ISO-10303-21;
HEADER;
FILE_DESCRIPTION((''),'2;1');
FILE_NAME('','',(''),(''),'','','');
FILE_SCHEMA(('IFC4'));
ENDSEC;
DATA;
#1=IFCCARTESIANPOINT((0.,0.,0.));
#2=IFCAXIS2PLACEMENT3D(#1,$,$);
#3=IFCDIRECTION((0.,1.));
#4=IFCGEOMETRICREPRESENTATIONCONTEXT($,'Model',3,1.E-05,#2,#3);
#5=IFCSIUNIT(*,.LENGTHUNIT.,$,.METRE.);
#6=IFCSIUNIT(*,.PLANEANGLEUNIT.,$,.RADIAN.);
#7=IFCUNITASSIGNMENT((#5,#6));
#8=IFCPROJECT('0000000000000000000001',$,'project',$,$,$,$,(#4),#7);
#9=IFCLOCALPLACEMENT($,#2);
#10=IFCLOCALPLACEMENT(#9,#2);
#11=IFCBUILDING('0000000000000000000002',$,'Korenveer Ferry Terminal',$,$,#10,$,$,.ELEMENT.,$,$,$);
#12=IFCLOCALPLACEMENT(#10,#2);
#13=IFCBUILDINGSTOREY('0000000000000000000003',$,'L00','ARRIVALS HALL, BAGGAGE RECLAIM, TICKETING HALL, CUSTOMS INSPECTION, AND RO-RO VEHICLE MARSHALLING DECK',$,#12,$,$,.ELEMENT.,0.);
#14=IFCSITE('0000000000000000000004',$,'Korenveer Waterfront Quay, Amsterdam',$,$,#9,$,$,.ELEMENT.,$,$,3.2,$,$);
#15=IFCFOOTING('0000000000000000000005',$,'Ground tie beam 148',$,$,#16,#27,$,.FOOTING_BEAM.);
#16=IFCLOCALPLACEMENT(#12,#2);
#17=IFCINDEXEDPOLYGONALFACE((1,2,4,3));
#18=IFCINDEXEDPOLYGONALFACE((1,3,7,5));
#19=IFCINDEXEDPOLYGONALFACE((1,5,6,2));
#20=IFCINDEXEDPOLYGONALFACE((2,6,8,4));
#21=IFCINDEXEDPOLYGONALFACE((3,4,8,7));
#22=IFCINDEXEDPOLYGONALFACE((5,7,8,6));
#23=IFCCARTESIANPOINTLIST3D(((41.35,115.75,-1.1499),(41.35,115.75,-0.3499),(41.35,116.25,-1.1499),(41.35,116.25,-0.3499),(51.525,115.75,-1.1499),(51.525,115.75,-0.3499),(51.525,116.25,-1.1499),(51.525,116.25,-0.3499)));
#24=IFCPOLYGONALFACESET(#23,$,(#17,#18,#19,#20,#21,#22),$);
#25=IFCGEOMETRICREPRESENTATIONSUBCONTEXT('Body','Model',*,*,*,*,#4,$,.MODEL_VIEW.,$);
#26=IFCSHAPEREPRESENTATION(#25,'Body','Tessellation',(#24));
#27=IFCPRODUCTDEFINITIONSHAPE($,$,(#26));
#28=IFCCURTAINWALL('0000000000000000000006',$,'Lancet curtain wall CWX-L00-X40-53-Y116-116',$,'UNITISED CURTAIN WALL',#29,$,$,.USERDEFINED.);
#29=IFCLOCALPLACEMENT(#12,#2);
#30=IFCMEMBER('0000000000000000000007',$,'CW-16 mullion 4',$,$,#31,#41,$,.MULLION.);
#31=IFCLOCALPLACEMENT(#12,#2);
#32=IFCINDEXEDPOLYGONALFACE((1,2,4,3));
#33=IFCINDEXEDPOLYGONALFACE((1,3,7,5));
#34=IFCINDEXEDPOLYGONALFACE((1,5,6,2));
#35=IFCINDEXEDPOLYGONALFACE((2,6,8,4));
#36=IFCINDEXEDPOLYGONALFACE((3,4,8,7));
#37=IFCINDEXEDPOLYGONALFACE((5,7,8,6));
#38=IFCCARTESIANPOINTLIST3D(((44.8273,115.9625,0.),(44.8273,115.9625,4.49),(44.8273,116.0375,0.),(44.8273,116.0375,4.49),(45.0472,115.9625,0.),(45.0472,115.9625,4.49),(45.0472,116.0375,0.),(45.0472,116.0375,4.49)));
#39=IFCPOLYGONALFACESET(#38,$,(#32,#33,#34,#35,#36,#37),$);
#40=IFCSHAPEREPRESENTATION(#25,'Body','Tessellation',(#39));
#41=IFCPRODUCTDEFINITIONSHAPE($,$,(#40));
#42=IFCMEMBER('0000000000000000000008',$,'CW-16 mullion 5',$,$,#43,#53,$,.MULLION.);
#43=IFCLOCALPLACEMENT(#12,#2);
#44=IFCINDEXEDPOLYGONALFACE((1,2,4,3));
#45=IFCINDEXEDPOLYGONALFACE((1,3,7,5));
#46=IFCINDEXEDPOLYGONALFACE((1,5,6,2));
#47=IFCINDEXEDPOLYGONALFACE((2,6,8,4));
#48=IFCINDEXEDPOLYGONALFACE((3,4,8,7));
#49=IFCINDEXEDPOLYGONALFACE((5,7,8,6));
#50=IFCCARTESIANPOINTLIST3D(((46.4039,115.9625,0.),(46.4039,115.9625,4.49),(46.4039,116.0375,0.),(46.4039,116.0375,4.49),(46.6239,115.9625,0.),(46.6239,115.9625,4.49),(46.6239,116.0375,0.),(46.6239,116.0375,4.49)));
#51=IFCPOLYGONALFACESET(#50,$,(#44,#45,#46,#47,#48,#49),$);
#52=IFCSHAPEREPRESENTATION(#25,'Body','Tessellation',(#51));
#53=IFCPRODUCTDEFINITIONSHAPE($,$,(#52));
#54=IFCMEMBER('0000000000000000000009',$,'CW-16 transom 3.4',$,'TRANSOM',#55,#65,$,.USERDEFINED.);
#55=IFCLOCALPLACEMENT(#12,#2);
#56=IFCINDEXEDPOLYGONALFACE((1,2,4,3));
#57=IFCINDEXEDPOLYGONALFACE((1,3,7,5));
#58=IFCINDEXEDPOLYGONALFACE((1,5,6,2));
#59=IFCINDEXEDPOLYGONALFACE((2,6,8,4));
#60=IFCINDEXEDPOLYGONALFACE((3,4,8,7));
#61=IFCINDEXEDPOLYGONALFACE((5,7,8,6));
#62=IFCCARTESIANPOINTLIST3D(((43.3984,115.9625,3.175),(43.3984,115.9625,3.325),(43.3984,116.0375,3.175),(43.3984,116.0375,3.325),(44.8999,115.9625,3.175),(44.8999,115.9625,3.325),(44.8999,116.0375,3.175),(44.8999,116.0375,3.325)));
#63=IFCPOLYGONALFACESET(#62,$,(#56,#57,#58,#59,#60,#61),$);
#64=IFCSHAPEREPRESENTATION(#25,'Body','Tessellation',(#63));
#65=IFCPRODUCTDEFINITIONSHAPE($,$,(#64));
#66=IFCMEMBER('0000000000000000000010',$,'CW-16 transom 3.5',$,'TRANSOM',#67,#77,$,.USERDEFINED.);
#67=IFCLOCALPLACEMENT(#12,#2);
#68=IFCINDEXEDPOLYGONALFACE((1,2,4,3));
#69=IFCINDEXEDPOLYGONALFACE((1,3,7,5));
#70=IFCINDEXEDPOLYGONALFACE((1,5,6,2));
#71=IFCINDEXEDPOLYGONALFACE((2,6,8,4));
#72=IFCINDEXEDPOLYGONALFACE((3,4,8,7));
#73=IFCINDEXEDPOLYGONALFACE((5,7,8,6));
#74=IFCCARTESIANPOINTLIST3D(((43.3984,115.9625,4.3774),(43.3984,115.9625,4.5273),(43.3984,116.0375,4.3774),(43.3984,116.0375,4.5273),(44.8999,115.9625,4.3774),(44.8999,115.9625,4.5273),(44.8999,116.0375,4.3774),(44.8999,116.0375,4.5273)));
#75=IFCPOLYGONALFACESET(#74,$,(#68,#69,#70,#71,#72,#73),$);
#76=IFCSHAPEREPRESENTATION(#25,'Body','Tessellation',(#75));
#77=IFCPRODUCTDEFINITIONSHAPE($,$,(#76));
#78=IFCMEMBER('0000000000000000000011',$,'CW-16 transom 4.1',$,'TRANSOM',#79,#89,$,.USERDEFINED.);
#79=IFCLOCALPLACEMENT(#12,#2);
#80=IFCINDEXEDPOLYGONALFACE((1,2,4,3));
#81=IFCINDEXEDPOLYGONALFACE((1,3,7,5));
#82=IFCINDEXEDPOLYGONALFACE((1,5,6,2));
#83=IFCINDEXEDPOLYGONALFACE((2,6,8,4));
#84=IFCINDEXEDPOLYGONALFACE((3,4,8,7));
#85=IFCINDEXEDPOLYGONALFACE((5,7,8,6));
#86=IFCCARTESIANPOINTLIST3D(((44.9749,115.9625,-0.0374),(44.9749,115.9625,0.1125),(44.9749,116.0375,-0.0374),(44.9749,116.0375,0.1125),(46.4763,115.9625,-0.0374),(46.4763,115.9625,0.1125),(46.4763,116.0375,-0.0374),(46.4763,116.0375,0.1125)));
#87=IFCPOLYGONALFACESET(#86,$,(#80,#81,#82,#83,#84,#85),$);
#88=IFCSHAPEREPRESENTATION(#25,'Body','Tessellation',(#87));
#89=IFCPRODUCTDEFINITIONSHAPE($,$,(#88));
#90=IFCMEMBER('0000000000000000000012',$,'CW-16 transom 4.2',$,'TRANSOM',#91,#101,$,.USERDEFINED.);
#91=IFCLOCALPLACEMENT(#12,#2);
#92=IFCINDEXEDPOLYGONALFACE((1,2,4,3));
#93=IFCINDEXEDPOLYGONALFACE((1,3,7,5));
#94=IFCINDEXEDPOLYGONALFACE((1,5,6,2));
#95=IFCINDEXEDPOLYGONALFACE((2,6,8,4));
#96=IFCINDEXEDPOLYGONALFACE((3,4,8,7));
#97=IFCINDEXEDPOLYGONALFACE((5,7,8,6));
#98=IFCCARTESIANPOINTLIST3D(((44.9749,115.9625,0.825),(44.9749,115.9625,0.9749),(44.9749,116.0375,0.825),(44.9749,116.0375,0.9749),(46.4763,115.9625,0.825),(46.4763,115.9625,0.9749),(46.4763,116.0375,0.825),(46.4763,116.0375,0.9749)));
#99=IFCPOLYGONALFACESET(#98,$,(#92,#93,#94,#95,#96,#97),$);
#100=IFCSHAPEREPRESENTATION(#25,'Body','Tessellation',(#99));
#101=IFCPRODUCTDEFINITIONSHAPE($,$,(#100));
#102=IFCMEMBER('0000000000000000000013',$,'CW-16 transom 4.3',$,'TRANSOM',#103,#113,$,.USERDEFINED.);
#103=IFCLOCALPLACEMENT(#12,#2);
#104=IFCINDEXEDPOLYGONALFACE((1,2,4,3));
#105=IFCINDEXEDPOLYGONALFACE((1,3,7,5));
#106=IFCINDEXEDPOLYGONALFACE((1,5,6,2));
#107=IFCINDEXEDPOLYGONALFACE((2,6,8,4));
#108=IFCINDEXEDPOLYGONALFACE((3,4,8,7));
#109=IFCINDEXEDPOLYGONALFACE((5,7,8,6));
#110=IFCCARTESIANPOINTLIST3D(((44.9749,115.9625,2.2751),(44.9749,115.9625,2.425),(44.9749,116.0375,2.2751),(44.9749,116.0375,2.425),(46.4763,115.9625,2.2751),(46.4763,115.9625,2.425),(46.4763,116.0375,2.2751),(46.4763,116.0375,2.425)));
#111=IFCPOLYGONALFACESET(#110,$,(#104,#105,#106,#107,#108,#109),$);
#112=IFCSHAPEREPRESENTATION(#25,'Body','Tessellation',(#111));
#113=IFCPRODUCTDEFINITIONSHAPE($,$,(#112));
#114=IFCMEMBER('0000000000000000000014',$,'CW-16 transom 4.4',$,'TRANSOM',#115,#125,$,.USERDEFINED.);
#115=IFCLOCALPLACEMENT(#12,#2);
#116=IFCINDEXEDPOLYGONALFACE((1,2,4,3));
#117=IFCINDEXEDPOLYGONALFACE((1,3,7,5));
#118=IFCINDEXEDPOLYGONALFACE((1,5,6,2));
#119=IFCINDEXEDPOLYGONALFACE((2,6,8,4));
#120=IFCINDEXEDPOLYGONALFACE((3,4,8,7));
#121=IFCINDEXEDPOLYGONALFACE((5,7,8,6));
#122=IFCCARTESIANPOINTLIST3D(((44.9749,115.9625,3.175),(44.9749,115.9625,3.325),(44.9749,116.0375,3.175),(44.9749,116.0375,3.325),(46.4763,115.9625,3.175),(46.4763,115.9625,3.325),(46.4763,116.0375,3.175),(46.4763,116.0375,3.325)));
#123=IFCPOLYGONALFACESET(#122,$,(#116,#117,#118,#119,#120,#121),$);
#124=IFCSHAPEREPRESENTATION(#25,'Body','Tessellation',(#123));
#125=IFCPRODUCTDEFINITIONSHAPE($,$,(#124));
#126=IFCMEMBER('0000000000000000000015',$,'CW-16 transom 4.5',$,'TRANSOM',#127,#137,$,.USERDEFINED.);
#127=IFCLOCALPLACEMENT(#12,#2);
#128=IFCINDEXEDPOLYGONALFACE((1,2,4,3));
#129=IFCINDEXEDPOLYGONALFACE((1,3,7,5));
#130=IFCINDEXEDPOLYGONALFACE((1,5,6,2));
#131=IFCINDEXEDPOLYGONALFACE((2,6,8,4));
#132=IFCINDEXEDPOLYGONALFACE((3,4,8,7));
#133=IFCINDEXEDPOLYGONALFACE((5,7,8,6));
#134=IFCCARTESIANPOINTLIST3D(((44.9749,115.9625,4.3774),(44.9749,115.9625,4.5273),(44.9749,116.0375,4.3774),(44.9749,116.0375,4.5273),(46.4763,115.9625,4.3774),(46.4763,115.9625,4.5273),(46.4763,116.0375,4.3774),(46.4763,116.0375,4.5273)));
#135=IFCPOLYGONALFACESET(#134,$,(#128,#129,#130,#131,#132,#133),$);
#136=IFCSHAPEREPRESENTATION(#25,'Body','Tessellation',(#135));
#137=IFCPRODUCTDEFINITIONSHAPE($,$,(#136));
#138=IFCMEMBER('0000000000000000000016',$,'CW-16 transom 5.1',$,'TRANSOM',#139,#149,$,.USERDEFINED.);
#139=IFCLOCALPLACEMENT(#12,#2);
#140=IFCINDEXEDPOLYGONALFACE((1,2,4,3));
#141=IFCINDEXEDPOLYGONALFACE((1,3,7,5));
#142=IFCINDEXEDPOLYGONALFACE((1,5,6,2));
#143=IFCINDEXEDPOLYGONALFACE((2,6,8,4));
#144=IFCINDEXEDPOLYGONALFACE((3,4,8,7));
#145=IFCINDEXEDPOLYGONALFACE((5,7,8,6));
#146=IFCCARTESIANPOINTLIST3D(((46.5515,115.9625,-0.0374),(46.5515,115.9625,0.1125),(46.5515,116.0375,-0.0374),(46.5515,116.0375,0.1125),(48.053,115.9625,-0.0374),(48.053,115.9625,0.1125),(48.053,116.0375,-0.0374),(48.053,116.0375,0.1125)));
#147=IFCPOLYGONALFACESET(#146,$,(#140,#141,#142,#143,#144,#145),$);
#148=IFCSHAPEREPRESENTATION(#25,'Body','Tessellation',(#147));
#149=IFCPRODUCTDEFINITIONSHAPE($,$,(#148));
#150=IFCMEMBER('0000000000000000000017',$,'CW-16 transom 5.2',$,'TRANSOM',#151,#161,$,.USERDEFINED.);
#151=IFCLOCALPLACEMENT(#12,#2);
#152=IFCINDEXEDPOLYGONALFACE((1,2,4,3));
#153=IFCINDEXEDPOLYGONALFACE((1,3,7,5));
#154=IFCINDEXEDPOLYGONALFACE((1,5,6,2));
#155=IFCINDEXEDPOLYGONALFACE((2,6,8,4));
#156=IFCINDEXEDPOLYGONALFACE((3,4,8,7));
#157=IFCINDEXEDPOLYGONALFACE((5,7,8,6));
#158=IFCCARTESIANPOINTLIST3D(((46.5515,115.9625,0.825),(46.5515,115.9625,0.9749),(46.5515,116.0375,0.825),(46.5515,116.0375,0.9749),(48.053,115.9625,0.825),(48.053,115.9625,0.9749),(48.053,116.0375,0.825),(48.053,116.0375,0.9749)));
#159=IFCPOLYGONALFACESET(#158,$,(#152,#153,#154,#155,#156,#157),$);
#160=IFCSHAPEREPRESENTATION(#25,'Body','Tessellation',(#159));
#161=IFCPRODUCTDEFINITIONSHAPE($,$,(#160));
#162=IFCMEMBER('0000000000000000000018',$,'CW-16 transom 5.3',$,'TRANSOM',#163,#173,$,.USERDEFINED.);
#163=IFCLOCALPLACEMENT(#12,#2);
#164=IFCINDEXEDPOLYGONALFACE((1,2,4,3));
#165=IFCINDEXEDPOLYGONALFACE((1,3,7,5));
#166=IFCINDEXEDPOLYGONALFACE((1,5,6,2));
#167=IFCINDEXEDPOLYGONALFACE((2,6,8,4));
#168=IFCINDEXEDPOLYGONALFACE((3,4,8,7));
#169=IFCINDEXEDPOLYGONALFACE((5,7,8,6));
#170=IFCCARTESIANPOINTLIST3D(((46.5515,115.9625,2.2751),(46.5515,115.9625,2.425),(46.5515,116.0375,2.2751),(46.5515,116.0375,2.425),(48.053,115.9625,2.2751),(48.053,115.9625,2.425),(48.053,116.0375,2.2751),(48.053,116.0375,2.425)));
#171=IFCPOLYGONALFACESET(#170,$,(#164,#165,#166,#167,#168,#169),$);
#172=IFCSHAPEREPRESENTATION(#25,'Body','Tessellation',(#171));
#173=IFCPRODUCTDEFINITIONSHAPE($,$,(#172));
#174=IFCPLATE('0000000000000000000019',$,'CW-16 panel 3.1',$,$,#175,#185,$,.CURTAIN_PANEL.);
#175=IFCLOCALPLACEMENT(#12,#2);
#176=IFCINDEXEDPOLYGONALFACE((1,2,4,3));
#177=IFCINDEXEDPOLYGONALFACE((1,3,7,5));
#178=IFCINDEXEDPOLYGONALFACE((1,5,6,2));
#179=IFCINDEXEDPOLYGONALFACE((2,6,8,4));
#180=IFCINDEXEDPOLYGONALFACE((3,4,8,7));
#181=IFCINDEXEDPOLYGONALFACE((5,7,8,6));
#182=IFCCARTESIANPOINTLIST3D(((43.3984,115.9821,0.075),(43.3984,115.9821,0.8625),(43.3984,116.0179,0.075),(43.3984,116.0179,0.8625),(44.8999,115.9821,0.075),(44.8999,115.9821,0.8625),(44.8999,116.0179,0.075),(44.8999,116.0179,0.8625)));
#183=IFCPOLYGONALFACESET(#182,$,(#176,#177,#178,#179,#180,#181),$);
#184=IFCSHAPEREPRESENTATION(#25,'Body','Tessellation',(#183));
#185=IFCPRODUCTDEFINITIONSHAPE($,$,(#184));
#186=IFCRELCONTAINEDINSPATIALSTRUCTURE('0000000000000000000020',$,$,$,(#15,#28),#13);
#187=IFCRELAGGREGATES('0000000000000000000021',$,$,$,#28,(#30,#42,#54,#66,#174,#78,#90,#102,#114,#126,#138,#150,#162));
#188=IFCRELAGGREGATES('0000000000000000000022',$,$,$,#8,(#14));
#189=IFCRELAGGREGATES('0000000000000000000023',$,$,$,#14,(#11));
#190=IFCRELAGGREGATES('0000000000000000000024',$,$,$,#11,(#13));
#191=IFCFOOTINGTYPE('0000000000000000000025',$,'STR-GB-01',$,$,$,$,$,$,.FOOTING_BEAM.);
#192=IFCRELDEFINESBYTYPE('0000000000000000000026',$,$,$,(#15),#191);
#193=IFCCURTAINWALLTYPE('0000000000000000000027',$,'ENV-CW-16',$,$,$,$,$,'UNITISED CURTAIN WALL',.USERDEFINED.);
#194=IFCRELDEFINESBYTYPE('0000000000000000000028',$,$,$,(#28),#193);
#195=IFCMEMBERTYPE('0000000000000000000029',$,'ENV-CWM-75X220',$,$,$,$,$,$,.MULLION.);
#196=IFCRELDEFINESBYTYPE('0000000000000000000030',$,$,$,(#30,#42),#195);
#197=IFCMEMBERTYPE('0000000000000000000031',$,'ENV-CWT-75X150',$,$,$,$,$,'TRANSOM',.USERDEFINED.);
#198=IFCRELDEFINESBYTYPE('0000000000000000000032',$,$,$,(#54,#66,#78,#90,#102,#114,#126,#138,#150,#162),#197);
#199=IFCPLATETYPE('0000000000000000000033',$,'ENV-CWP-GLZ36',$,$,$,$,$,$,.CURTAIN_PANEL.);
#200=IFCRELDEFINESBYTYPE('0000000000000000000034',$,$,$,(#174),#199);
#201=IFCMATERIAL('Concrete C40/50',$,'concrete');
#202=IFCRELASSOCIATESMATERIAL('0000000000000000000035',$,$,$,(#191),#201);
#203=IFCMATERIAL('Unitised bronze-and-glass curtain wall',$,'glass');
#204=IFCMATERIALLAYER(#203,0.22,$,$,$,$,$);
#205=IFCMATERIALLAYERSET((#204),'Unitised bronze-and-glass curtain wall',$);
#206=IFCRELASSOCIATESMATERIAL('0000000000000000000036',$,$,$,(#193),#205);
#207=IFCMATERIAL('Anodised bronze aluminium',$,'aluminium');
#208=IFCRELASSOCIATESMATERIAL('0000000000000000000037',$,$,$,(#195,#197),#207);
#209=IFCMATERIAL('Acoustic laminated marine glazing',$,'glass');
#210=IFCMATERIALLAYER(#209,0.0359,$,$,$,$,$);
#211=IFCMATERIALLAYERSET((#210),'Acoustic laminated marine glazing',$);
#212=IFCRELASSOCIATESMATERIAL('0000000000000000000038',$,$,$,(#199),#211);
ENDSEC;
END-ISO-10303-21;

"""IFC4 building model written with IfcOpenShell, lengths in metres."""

from ifc_helpers import new_model, si_unit, direction, frame, origin, origin_2d, place, context, subcontext, project, spatial, rectangle, extrude, material, layer, layer_set, material_profile, profile_set, type_object, element, aggregate, save


model = new_model("IFC4")

# Units and contexts
model_context = context("Model", 3, precision=1e-05, world=origin(), true_north=direction((0.0, 1.0)))
body_context = subcontext(model_context, "Body", "Model", "MODEL_VIEW")
ifc_project = project(units=[si_unit("LENGTHUNIT", "METRE"), si_unit("PLANEANGLEUNIT", "RADIAN")], contexts=[model_context])

# Site, building, storey
site_placement = place(None, origin())
site = spatial("IfcSite", under=ifc_project, at=site_placement, Name="Korenveer Waterfront Quay, Amsterdam", CompositionType="ELEMENT", RefElevation=3.2)
building_placement = place(site_placement, origin())
building = spatial("IfcBuilding", under=site, at=building_placement, Name="Korenveer Ferry Terminal", CompositionType="ELEMENT")
storey_placement = place(building_placement, origin())
storey = spatial("IfcBuildingStorey", under=building, at=storey_placement, Name="L00", Description="ARRIVALS HALL, BAGGAGE RECLAIM, TICKETING HALL, CUSTOMS INSPECTION, AND RO-RO VEHICLE MARSHALLING DECK", CompositionType="ELEMENT", Elevation=0.0)

# Footing
ifc_material_1 = material(Name="Concrete C40/50", Category="concrete")
footing_type = type_object("IfcFootingType", Name="STR-GB-01", PredefinedType="FOOTING_BEAM", material=ifc_material_1)
footing_placement = place(storey_placement, frame((46.4375, 116.0, -1.1499), z_axis=(0.0, 0.0, 1.0), x_axis=(1.0, 0.0, 0.0)))
element("IfcFooting", 1, at=footing_placement, inside=storey, type_object=footing_type, Name="Ground tie beam 148", PredefinedType="FOOTING_BEAM", context=body_context, shape_type="SweptSolid", body=[
    extrude(rectangle(XDim=10.175, YDim=0.5, at=origin_2d()), origin(), (0.0, 0.0, 1.0), 0.8),
])

# Curtain wall, members, plate
ifc_material_2 = material(Name="Unitised bronze-and-glass curtain wall", Category="glass")
ifc_layer_1 = layer(ifc_material_2, 0.22)
ifc_layer_set_1 = layer_set([ifc_layer_1], Name="Unitised bronze-and-glass curtain wall")
curtain_wall_type = type_object("IfcCurtainWallType", Name="ENV-CW-16", ElementType="UNITISED CURTAIN WALL", PredefinedType="USERDEFINED", material=ifc_layer_set_1)
curtain_wall_placement = place(storey_placement, frame((40.2078, 116.0, 0.0)))
curtain_wall = element("IfcCurtainWall", 2, at=curtain_wall_placement, inside=storey, type_object=curtain_wall_type, Name="Lancet curtain wall CWX-L00-X40-53-Y116-116", ObjectType="UNITISED CURTAIN WALL", PredefinedType="USERDEFINED")
ifc_material_3 = material(Name="Anodised bronze aluminium", Category="aluminium")
ifc_material_profile_1 = material_profile(ifc_material_3, rectangle(XDim=0.075, YDim=0.22, at=origin_2d()), Name="ALU 75x220")
ifc_profile_set_1 = profile_set([ifc_material_profile_1], Name="Anodised bronze aluminium")
member_type_1 = type_object("IfcMemberType", Name="ENV-CWM-75X220", PredefinedType="MULLION", material=ifc_profile_set_1)
member_1_placement = place(storey_placement, frame((44.9373, 116.0, 0.0), z_axis=(0.0, 0.0, 1.0), x_axis=(0.0, 1.0, 0.0)))
member_1 = element("IfcMember", 3, at=member_1_placement, type_object=member_type_1, Name="CW-16 mullion 4", PredefinedType="MULLION", context=body_context, shape_type="SweptSolid", body=[
    extrude(rectangle(XDim=0.075, YDim=0.22, at=origin_2d()), origin(), (0.0, 0.0, 1.0), 4.49),
])
member_2_placement = place(storey_placement, frame((46.5139, 116.0, 0.0), z_axis=(0.0, 0.0, 1.0), x_axis=(0.0, 1.0, 0.0)))
member_2 = element("IfcMember", 4, at=member_2_placement, type_object=member_type_1, Name="CW-16 mullion 5", PredefinedType="MULLION", context=body_context, shape_type="SweptSolid", body=[
    extrude(rectangle(XDim=0.075, YDim=0.22, at=origin_2d()), origin(), (0.0, 0.0, 1.0), 4.49),
])
ifc_material_profile_2 = material_profile(ifc_material_3, rectangle(XDim=0.075, YDim=0.1499, at=origin_2d()), Name="ALU 75x150")
ifc_profile_set_2 = profile_set([ifc_material_profile_2], Name="Anodised bronze aluminium")
member_type_2 = type_object("IfcMemberType", Name="ENV-CWT-75X150", ElementType="TRANSOM", PredefinedType="USERDEFINED", material=ifc_profile_set_2)
member_3_placement = place(storey_placement, frame((43.3984, 116.0, 3.25), z_axis=(1.0, 0.0, 0.0), x_axis=(0.0, 1.0, 0.0)))
member_3 = element("IfcMember", 5, at=member_3_placement, type_object=member_type_2, Name="CW-16 transom 3.4", ObjectType="TRANSOM", PredefinedType="USERDEFINED", context=body_context, shape_type="SweptSolid", body=[
    extrude(rectangle(XDim=0.075, YDim=0.1499, at=origin_2d()), origin(), (0.0, 0.0, 1.0), 1.5015),
])
member_4_placement = place(storey_placement, frame((43.3984, 116.0, 4.4524), z_axis=(1.0, 0.0, 0.0), x_axis=(0.0, 1.0, 0.0)))
member_4 = element("IfcMember", 6, at=member_4_placement, type_object=member_type_2, Name="CW-16 transom 3.5", ObjectType="TRANSOM", PredefinedType="USERDEFINED", context=body_context, shape_type="SweptSolid", body=[
    extrude(rectangle(XDim=0.075, YDim=0.1499, at=origin_2d()), origin(), (0.0, 0.0, 1.0), 1.5015),
])
member_5_placement = place(storey_placement, frame((44.9749, 116.0, 0.0376), z_axis=(1.0, 0.0, 0.0), x_axis=(0.0, 1.0, 0.0)))
member_5 = element("IfcMember", 7, at=member_5_placement, type_object=member_type_2, Name="CW-16 transom 4.1", ObjectType="TRANSOM", PredefinedType="USERDEFINED", context=body_context, shape_type="SweptSolid", body=[
    extrude(rectangle(XDim=0.075, YDim=0.1499, at=origin_2d()), origin(), (0.0, 0.0, 1.0), 1.5015),
])
member_6_placement = place(storey_placement, frame((44.9749, 116.0, 0.8999), z_axis=(1.0, 0.0, 0.0), x_axis=(0.0, 1.0, 0.0)))
member_6 = element("IfcMember", 8, at=member_6_placement, type_object=member_type_2, Name="CW-16 transom 4.2", ObjectType="TRANSOM", PredefinedType="USERDEFINED", context=body_context, shape_type="SweptSolid", body=[
    extrude(rectangle(XDim=0.075, YDim=0.1499, at=origin_2d()), origin(), (0.0, 0.0, 1.0), 1.5015),
])
member_7_placement = place(storey_placement, frame((44.9749, 116.0, 2.3501), z_axis=(1.0, 0.0, 0.0), x_axis=(0.0, 1.0, 0.0)))
member_7 = element("IfcMember", 9, at=member_7_placement, type_object=member_type_2, Name="CW-16 transom 4.3", ObjectType="TRANSOM", PredefinedType="USERDEFINED", context=body_context, shape_type="SweptSolid", body=[
    extrude(rectangle(XDim=0.075, YDim=0.1499, at=origin_2d()), origin(), (0.0, 0.0, 1.0), 1.5015),
])
member_8_placement = place(storey_placement, frame((44.9749, 116.0, 3.25), z_axis=(1.0, 0.0, 0.0), x_axis=(0.0, 1.0, 0.0)))
member_8 = element("IfcMember", 10, at=member_8_placement, type_object=member_type_2, Name="CW-16 transom 4.4", ObjectType="TRANSOM", PredefinedType="USERDEFINED", context=body_context, shape_type="SweptSolid", body=[
    extrude(rectangle(XDim=0.075, YDim=0.1499, at=origin_2d()), origin(), (0.0, 0.0, 1.0), 1.5015),
])
member_9_placement = place(storey_placement, frame((44.9749, 116.0, 4.4524), z_axis=(1.0, 0.0, 0.0), x_axis=(0.0, 1.0, 0.0)))
member_9 = element("IfcMember", 11, at=member_9_placement, type_object=member_type_2, Name="CW-16 transom 4.5", ObjectType="TRANSOM", PredefinedType="USERDEFINED", context=body_context, shape_type="SweptSolid", body=[
    extrude(rectangle(XDim=0.075, YDim=0.1499, at=origin_2d()), origin(), (0.0, 0.0, 1.0), 1.5015),
])
member_10_placement = place(storey_placement, frame((46.5515, 116.0, 0.0376), z_axis=(1.0, 0.0, 0.0), x_axis=(0.0, 1.0, 0.0)))
member_10 = element("IfcMember", 12, at=member_10_placement, type_object=member_type_2, Name="CW-16 transom 5.1", ObjectType="TRANSOM", PredefinedType="USERDEFINED", context=body_context, shape_type="SweptSolid", body=[
    extrude(rectangle(XDim=0.075, YDim=0.1499, at=origin_2d()), origin(), (0.0, 0.0, 1.0), 1.5015),
])
member_11_placement = place(storey_placement, frame((46.5515, 116.0, 0.8999), z_axis=(1.0, 0.0, 0.0), x_axis=(0.0, 1.0, 0.0)))
member_11 = element("IfcMember", 13, at=member_11_placement, type_object=member_type_2, Name="CW-16 transom 5.2", ObjectType="TRANSOM", PredefinedType="USERDEFINED", context=body_context, shape_type="SweptSolid", body=[
    extrude(rectangle(XDim=0.075, YDim=0.1499, at=origin_2d()), origin(), (0.0, 0.0, 1.0), 1.5015),
])
member_12_placement = place(storey_placement, frame((46.5515, 116.0, 2.3501), z_axis=(1.0, 0.0, 0.0), x_axis=(0.0, 1.0, 0.0)))
member_12 = element("IfcMember", 14, at=member_12_placement, type_object=member_type_2, Name="CW-16 transom 5.3", ObjectType="TRANSOM", PredefinedType="USERDEFINED", context=body_context, shape_type="SweptSolid", body=[
    extrude(rectangle(XDim=0.075, YDim=0.1499, at=origin_2d()), origin(), (0.0, 0.0, 1.0), 1.5015),
])
ifc_material_4 = material(Name="Acoustic laminated marine glazing", Category="glass")
ifc_layer_2 = layer(ifc_material_4, 0.0359)
ifc_layer_set_2 = layer_set([ifc_layer_2], Name="Acoustic laminated marine glazing")
plate_type = type_object("IfcPlateType", Name="ENV-CWP-GLZ36", PredefinedType="CURTAIN_PANEL", material=ifc_layer_set_2)
plate_1_placement = place(storey_placement, frame((44.1492, 116.0, 0.075), z_axis=(0.0, 0.0, 1.0), x_axis=(1.0, 0.0, 0.0)))
plate_1 = element("IfcPlate", 15, at=plate_1_placement, type_object=plate_type, Name="CW-16 panel 3.1", PredefinedType="CURTAIN_PANEL", context=body_context, shape_type="SweptSolid", body=[
    extrude(rectangle(XDim=1.5015, YDim=0.0359, at=origin_2d()), origin(), (0.0, 0.0, 1.0), 0.7876),
])
aggregate(curtain_wall, [member_1, member_2, member_3, member_4, plate_1, member_5, member_6, member_7, member_8, member_9, member_10, member_11, member_12])

save(model, "model.ifc")
